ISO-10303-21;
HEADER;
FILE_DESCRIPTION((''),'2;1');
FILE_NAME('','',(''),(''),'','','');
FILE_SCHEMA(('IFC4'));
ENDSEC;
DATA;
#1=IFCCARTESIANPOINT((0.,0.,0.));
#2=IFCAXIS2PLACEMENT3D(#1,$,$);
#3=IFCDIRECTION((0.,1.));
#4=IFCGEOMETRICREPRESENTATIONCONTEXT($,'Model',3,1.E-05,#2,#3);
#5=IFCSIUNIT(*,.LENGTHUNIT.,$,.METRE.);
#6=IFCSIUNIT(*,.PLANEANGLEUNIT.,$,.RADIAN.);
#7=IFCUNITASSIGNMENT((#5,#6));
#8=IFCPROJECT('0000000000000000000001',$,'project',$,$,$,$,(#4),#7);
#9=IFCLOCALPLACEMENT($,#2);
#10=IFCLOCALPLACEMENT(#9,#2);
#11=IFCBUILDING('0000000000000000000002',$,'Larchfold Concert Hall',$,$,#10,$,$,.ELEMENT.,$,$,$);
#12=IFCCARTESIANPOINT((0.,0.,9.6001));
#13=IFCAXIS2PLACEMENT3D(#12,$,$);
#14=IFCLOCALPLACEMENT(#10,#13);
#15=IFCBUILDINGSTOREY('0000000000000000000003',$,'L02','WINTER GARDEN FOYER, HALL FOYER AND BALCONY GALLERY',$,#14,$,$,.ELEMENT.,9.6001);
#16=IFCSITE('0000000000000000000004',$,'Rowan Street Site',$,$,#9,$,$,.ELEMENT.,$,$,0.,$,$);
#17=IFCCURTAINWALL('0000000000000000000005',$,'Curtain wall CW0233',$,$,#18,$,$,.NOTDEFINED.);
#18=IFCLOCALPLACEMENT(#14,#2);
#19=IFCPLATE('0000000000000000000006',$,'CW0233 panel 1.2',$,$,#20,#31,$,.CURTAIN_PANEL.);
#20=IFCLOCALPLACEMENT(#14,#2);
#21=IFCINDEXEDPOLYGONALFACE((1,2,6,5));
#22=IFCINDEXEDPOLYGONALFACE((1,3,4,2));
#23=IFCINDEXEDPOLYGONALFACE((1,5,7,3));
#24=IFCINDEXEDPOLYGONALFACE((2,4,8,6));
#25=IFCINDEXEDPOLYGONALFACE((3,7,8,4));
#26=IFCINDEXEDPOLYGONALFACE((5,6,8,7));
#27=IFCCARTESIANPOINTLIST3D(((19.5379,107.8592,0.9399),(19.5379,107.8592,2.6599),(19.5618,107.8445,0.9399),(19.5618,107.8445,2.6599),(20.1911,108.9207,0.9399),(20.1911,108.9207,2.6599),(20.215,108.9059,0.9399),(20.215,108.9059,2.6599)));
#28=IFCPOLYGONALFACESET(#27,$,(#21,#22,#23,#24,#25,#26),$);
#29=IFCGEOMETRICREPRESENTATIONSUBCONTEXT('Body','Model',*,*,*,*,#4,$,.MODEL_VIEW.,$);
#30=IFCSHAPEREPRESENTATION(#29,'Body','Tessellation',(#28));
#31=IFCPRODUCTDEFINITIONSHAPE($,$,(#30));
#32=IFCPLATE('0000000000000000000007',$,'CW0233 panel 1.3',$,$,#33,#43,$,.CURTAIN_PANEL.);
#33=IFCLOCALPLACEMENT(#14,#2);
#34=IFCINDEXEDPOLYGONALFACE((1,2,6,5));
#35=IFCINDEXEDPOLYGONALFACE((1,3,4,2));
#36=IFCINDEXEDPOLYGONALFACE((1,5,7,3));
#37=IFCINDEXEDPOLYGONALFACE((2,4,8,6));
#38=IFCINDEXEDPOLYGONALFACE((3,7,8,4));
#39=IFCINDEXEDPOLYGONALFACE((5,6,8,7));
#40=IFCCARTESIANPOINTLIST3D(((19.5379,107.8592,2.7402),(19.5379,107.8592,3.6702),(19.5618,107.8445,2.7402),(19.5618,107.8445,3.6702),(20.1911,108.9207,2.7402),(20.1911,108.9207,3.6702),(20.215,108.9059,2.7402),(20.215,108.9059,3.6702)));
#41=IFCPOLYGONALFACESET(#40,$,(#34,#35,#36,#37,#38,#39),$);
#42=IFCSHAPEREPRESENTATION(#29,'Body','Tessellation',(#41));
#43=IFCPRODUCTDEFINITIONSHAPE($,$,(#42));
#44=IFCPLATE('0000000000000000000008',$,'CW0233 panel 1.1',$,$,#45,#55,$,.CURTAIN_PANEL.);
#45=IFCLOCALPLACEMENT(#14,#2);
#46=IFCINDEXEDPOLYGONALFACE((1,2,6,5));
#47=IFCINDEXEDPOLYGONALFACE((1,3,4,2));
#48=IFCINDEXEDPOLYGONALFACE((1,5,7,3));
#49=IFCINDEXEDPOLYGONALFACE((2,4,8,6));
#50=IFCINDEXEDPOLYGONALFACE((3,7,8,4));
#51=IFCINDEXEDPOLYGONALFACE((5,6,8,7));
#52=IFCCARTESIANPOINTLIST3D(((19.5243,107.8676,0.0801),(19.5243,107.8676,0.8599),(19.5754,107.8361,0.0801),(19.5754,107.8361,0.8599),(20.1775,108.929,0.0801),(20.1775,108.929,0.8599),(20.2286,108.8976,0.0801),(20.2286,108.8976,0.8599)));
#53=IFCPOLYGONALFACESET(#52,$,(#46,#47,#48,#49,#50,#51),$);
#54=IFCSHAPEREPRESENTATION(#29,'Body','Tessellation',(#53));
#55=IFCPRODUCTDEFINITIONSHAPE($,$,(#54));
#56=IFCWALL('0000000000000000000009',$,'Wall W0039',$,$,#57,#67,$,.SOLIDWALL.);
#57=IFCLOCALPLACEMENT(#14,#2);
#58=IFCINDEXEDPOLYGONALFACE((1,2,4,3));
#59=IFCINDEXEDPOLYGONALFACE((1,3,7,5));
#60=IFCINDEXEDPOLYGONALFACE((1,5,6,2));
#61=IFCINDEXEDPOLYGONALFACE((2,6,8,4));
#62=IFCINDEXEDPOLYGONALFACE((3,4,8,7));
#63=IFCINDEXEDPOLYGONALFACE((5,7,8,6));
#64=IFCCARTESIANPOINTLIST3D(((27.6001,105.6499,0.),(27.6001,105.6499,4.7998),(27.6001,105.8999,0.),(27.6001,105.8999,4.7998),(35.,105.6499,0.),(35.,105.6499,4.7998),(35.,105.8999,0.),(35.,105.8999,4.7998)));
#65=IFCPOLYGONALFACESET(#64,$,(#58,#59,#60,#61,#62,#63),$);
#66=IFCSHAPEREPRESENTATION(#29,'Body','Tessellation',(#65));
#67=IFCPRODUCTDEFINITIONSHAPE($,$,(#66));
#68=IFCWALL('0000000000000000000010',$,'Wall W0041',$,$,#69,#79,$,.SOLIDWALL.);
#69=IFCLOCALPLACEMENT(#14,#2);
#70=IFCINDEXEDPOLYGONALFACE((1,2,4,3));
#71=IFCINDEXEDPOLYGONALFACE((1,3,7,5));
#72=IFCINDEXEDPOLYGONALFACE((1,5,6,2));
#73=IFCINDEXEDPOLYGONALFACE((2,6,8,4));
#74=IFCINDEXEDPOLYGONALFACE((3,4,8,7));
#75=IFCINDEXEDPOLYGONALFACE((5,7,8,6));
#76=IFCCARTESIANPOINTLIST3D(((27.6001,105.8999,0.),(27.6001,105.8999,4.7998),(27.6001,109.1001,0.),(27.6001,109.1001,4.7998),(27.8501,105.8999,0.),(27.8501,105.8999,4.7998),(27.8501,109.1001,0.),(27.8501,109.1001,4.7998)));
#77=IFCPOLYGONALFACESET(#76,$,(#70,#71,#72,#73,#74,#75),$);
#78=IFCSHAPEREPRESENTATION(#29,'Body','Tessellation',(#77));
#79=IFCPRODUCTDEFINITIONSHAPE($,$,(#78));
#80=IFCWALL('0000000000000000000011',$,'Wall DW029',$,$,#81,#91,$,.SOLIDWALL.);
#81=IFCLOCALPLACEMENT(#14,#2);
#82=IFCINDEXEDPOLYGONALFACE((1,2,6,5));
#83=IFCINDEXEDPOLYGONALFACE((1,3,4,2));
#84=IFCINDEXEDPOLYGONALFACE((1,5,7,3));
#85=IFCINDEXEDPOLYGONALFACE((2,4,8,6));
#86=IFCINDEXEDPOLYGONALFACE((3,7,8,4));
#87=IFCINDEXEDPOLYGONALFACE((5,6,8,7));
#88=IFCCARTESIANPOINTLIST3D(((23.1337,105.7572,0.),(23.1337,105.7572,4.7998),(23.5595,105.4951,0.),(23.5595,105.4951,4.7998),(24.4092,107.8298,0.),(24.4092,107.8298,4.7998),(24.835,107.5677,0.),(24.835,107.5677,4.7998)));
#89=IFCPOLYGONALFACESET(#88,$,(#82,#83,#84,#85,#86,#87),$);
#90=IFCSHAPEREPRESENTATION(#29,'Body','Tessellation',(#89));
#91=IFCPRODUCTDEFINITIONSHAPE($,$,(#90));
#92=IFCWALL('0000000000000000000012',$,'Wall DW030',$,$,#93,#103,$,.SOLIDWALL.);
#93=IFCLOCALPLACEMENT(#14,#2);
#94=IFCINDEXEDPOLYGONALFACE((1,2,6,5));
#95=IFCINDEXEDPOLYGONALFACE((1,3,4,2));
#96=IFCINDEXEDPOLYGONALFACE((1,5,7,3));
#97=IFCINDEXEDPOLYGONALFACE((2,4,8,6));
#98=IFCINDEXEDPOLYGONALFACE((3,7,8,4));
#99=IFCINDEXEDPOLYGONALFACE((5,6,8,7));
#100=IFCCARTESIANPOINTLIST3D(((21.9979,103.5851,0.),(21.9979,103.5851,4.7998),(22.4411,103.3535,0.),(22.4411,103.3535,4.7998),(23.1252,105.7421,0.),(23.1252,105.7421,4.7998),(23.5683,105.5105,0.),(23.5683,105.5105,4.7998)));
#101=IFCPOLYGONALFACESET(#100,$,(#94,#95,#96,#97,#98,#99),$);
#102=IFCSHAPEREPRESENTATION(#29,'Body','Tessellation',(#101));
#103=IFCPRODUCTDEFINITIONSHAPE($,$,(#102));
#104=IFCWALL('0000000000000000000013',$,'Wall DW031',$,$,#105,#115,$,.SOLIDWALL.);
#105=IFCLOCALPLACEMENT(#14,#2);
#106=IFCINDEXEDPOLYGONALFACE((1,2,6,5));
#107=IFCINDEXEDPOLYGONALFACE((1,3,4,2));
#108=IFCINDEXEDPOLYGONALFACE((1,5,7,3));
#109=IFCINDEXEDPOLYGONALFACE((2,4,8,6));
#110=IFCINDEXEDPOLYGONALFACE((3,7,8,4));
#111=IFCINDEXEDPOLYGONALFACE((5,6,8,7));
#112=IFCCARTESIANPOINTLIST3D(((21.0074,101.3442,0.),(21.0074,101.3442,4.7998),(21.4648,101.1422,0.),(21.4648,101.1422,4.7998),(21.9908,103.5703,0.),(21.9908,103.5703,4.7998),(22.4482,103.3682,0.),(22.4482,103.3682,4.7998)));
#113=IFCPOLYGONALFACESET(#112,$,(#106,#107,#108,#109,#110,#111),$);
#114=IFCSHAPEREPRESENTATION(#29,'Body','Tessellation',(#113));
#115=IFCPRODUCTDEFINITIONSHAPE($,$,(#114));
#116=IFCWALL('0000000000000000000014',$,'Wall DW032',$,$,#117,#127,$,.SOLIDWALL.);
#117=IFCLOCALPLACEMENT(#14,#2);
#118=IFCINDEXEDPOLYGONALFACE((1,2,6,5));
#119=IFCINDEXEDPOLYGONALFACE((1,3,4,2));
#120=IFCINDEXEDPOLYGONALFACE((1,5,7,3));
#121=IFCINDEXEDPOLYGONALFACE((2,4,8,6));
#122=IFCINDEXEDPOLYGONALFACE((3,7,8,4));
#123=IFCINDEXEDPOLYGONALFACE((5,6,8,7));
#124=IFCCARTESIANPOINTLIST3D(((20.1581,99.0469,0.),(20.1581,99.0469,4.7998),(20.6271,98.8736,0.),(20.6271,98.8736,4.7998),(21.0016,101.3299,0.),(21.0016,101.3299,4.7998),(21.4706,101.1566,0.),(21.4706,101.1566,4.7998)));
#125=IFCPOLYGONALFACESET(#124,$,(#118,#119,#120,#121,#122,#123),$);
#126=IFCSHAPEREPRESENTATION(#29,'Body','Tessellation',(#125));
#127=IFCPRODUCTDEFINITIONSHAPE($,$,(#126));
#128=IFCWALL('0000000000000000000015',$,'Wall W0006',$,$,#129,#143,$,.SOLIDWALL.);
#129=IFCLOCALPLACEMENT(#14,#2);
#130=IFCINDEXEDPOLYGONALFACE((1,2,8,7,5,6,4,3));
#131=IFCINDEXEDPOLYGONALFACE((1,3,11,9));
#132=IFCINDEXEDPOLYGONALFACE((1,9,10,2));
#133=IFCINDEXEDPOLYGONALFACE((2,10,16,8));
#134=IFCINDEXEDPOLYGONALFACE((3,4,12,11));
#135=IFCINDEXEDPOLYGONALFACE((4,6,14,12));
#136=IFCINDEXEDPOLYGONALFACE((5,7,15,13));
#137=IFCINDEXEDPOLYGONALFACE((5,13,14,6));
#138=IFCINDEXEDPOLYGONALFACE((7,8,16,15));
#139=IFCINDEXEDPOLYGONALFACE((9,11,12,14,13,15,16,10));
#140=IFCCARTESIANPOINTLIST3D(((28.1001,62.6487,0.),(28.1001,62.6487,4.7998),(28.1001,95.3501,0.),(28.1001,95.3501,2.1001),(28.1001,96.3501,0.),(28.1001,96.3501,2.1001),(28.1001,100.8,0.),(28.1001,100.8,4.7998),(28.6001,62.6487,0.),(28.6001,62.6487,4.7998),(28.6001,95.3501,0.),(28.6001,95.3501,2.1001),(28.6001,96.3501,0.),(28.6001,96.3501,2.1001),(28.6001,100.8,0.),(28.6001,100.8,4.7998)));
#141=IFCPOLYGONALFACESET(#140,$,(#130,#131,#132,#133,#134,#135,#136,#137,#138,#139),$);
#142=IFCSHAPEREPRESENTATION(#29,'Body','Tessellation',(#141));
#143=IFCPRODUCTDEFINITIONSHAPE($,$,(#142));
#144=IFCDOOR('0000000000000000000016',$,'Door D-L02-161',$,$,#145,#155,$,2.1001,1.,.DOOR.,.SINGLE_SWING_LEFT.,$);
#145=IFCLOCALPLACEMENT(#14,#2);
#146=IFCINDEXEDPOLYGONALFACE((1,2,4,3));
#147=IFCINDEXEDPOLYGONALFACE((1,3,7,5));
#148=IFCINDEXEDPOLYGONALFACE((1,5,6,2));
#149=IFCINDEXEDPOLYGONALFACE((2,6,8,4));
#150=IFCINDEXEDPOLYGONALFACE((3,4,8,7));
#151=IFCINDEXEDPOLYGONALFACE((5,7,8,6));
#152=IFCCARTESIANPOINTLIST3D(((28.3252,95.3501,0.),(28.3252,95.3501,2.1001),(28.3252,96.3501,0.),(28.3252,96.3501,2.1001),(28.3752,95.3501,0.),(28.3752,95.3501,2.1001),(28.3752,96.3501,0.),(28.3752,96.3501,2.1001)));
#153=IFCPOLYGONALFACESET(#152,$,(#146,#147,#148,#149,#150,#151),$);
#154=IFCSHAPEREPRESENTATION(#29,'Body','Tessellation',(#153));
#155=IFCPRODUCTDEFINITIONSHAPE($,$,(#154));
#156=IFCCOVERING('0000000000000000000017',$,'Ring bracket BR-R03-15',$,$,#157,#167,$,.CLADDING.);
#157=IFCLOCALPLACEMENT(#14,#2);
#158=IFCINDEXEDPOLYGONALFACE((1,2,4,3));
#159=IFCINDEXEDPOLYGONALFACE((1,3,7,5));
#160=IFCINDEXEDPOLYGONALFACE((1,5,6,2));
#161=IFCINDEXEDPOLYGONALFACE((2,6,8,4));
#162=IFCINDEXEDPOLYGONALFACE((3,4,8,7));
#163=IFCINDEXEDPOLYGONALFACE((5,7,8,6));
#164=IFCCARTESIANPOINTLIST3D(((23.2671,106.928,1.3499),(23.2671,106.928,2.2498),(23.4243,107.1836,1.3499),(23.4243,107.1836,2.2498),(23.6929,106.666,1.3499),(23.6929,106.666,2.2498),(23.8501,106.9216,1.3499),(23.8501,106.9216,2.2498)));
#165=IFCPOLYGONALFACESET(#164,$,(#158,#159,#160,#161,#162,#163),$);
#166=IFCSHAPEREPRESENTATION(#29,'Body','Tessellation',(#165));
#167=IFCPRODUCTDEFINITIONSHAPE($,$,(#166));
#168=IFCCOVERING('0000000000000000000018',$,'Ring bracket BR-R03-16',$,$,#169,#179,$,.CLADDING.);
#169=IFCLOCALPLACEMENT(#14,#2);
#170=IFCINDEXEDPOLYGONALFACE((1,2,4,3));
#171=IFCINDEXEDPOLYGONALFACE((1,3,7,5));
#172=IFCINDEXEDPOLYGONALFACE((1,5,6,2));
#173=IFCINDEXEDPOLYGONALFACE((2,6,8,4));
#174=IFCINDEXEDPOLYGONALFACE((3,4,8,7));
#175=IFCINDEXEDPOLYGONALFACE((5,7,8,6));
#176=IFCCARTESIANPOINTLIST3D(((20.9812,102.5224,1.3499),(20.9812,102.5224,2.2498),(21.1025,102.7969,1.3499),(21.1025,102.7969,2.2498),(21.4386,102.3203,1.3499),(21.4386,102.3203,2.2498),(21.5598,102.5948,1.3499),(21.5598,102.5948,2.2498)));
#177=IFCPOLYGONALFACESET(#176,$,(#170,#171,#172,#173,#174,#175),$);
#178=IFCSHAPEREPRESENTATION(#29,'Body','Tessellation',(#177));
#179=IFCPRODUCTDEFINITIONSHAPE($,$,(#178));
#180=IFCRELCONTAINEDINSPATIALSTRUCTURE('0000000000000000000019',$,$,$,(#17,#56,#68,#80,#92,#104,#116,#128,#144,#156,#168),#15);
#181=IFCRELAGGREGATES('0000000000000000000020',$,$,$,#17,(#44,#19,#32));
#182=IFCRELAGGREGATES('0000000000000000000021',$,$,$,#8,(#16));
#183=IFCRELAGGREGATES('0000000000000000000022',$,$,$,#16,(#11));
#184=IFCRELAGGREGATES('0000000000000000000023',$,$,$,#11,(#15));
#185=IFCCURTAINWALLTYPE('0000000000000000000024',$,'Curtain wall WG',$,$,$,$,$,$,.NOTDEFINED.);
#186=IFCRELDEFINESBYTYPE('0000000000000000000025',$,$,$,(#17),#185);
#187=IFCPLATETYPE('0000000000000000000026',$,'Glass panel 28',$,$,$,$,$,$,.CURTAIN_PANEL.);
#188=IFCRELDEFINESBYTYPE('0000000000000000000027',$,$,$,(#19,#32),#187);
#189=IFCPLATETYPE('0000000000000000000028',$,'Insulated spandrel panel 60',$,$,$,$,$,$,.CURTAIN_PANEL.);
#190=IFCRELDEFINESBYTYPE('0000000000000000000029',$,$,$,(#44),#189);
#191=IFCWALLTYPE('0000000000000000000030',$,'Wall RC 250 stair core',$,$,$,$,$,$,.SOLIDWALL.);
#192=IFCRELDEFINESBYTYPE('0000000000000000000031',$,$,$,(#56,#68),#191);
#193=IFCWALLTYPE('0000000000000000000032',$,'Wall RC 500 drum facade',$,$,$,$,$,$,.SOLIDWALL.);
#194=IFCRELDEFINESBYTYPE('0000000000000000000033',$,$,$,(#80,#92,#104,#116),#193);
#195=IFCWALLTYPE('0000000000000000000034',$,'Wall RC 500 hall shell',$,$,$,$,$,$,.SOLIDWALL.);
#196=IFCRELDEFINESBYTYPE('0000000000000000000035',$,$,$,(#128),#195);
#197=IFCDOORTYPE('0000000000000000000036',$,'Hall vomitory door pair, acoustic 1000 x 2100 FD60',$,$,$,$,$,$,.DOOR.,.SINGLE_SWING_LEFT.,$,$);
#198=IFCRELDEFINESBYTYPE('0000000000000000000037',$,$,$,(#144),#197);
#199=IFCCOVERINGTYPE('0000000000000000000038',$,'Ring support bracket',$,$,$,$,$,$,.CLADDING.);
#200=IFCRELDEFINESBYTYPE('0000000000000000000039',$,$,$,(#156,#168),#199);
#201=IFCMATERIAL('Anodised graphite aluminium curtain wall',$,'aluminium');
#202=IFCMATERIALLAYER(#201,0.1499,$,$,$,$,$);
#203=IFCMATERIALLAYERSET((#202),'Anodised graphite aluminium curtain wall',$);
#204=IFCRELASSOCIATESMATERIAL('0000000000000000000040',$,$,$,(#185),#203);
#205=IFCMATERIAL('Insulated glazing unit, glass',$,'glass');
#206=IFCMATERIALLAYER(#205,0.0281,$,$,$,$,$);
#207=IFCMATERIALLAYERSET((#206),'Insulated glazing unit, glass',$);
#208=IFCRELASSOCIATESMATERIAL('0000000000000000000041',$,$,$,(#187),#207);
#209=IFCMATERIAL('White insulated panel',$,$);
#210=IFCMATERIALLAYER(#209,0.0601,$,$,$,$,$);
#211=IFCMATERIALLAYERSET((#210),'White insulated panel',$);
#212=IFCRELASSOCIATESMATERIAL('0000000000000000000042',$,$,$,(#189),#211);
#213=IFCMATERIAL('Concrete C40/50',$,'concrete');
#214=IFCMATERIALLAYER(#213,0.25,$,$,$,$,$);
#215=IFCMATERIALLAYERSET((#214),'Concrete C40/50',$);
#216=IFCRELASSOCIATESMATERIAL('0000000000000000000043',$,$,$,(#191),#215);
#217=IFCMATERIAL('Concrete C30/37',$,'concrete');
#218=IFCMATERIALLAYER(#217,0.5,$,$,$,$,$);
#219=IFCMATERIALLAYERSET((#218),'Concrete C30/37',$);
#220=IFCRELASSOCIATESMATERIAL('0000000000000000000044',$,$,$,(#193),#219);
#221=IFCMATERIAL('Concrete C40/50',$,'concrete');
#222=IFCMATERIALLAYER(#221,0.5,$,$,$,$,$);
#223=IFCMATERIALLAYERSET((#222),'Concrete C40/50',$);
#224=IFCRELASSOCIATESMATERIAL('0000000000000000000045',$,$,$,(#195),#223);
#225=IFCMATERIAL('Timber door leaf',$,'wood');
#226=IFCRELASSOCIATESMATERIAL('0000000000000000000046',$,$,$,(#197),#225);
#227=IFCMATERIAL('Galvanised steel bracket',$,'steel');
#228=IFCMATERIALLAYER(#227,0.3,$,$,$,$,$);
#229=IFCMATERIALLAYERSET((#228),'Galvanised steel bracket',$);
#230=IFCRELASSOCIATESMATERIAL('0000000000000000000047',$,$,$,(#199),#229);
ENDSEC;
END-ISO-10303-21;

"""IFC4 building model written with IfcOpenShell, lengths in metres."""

from ifc_helpers import new_model, si_unit, direction, frame, frame_2d, origin, origin_2d, place, context, subcontext, project, spatial, rectangle, extrude, material, layer, layer_set, type_object, element, fill, aggregate, save


model = new_model("IFC4")

# Units and contexts
model_context = context("Model", 3, precision=1e-05, world=origin(), true_north=direction((0.0, 1.0)))
body_context = subcontext(model_context, "Body", "Model", "MODEL_VIEW")
ifc_project = project(units=[si_unit("LENGTHUNIT", "METRE"), si_unit("PLANEANGLEUNIT", "RADIAN")], contexts=[model_context])

# Site, building, storey
site_placement = place(None, origin())
site = spatial("IfcSite", under=ifc_project, at=site_placement, Name="Rowan Street Site", CompositionType="ELEMENT", RefElevation=0.0)
building_placement = place(site_placement, origin())
building = spatial("IfcBuilding", under=site, at=building_placement, Name="Larchfold Concert Hall", CompositionType="ELEMENT")
storey_placement = place(building_placement, frame((0.0, 0.0, 9.6001)))
storey = spatial("IfcBuildingStorey", under=building, at=storey_placement, Name="L02", Description="WINTER GARDEN FOYER, HALL FOYER AND BALCONY GALLERY", CompositionType="ELEMENT", Elevation=9.6001)

# Curtain wall
ifc_material_1 = material(Name="Anodised graphite aluminium curtain wall", Category="aluminium")
ifc_layer_1 = layer(ifc_material_1, 0.1499)
ifc_layer_set_1 = layer_set([ifc_layer_1], Name="Anodised graphite aluminium curtain wall")
curtain_wall_type = type_object("IfcCurtainWallType", Name="Curtain wall WG", PredefinedType="NOTDEFINED", material=ifc_layer_set_1)
curtain_wall_placement = place(storey_placement, origin())
curtain_wall = element("IfcCurtainWall", 1, at=curtain_wall_placement, inside=storey, type_object=curtain_wall_type, Name="Curtain wall CW0233", PredefinedType="NOTDEFINED")

# Plates
ifc_material_2 = material(Name="Insulated glazing unit, glass", Category="glass")
ifc_layer_2 = layer(ifc_material_2, 0.0281)
ifc_layer_set_2 = layer_set([ifc_layer_2], Name="Insulated glazing unit, glass")
plate_type_1 = type_object("IfcPlateType", Name="Glass panel 28", PredefinedType="CURTAIN_PANEL", material=ifc_layer_set_2)
plate_1_placement = place(storey_placement, frame((19.8765, 108.3826, 0.9399), z_axis=(0.0, 0.0, 1.0), x_axis=(0.524082, 0.851668, 0.0)))
plate_1 = element("IfcPlate", 2, at=plate_1_placement, type_object=plate_type_1, Name="CW0233 panel 1.2", PredefinedType="CURTAIN_PANEL", context=body_context, shape_type="SweptSolid", body=[
    extrude(rectangle(XDim=1.2463, YDim=0.0281, at=origin_2d()), origin(), (0.0, 0.0, 1.0), 1.72),
])
plate_2_placement = place(storey_placement, frame((19.8765, 108.3826, 2.7402), z_axis=(0.0, 0.0, 1.0), x_axis=(0.524082, 0.851668, 0.0)))
plate_2 = element("IfcPlate", 3, at=plate_2_placement, type_object=plate_type_1, Name="CW0233 panel 1.3", PredefinedType="CURTAIN_PANEL", context=body_context, shape_type="SweptSolid", body=[
    extrude(rectangle(XDim=1.2463, YDim=0.0281, at=origin_2d()), origin(), (0.0, 0.0, 1.0), 0.9299),
])
ifc_material_3 = material(Name="White insulated panel")
ifc_layer_3 = layer(ifc_material_3, 0.0601)
ifc_layer_set_3 = layer_set([ifc_layer_3], Name="White insulated panel")
plate_type_2 = type_object("IfcPlateType", Name="Insulated spandrel panel 60", PredefinedType="CURTAIN_PANEL", material=ifc_layer_set_3)
plate_3_placement = place(storey_placement, frame((19.8765, 108.3826, 0.0801), z_axis=(0.0, 0.0, 1.0), x_axis=(0.524082, 0.851668, 0.0)))
plate_3 = element("IfcPlate", 4, at=plate_3_placement, type_object=plate_type_2, Name="CW0233 panel 1.1", PredefinedType="CURTAIN_PANEL", context=body_context, shape_type="SweptSolid", body=[
    extrude(rectangle(XDim=1.2463, YDim=0.0601, at=origin_2d()), origin(), (0.0, 0.0, 1.0), 0.7798),
])
aggregate(curtain_wall, [plate_3, plate_1, plate_2])

# Walls
ifc_material_4 = material(Name="Concrete C40/50", Category="concrete")
ifc_layer_4 = layer(ifc_material_4, 0.25)
ifc_layer_set_4 = layer_set([ifc_layer_4], Name="Concrete C40/50")
wall_type_1 = type_object("IfcWallType", Name="Wall RC 250 stair core", PredefinedType="SOLIDWALL", material=ifc_layer_set_4)
wall_1_placement = place(storey_placement, frame((27.6001, 105.7749, 0.0), z_axis=(0.0, 0.0, 1.0), x_axis=(1.0, 0.0, 0.0)))
element("IfcWall", 5, at=wall_1_placement, inside=storey, type_object=wall_type_1, Name="Wall W0039", PredefinedType="SOLIDWALL", context=body_context, shape_type="SweptSolid", body=[
    extrude(rectangle(XDim=7.3999, YDim=0.25, at=frame_2d((3.7, 0.0))), origin(), (0.0, 0.0, 1.0), 4.7998),
])
wall_2_placement = place(storey_placement, frame((27.7251, 105.8999, 0.0), z_axis=(0.0, 0.0, 1.0), x_axis=(0.0, 1.0, 0.0)))
element("IfcWall", 6, at=wall_2_placement, inside=storey, type_object=wall_type_1, Name="Wall W0041", PredefinedType="SOLIDWALL", context=body_context, shape_type="SweptSolid", body=[
    extrude(rectangle(XDim=3.2002, YDim=0.25, at=frame_2d((1.6001, 0.0))), origin(), (0.0, 0.0, 1.0), 4.7998),
])
ifc_material_5 = material(Name="Concrete C30/37", Category="concrete")
ifc_layer_5 = layer(ifc_material_5, 0.5)
ifc_layer_set_5 = layer_set([ifc_layer_5], Name="Concrete C30/37")
wall_type_2 = type_object("IfcWallType", Name="Wall RC 500 drum facade", PredefinedType="SOLIDWALL", material=ifc_layer_set_5)
wall_3_placement = place(storey_placement, frame((24.6221, 107.6987, 0.0), z_axis=(0.0, 0.0, 1.0), x_axis=(-0.524097, -0.851658, 0.0)))
element("IfcWall", 7, at=wall_3_placement, inside=storey, type_object=wall_type_2, Name="Wall DW029", PredefinedType="SOLIDWALL", context=body_context, shape_type="SweptSolid", body=[
    extrude(rectangle(XDim=2.4336, YDim=0.5, at=frame_2d((1.2168, 0.0))), origin(), (0.0, 0.0, 1.0), 4.7998),
])
wall_4_placement = place(storey_placement, frame((23.3467, 105.6262, 0.0), z_axis=(0.0, 0.0, 1.0), x_axis=(-0.463152, -0.886279, 0.0)))
element("IfcWall", 8, at=wall_4_placement, inside=storey, type_object=wall_type_2, Name="Wall DW030", PredefinedType="SOLIDWALL", context=body_context, shape_type="SweptSolid", body=[
    extrude(rectangle(XDim=2.4338, YDim=0.5, at=frame_2d((1.2168, 0.0))), origin(), (0.0, 0.0, 1.0), 4.7998),
])
wall_5_placement = place(storey_placement, frame((22.2195, 103.4692, 0.0), z_axis=(0.0, 0.0, 1.0), x_axis=(-0.40409, -0.914719, 0.0)))
element("IfcWall", 9, at=wall_5_placement, inside=storey, type_object=wall_type_2, Name="Wall DW031", PredefinedType="SOLIDWALL", context=body_context, shape_type="SweptSolid", body=[
    extrude(rectangle(XDim=2.4336, YDim=0.5, at=frame_2d((1.2168, 0.0))), origin(), (0.0, 0.0, 1.0), 4.7998),
])
wall_6_placement = place(storey_placement, frame((21.2361, 101.2432, 0.0), z_axis=(0.0, 0.0, 1.0), x_axis=(-0.346579, -0.938021, 0.0)))
element("IfcWall", 10, at=wall_6_placement, inside=storey, type_object=wall_type_2, Name="Wall DW032", PredefinedType="SOLIDWALL", context=body_context, shape_type="SweptSolid", body=[
    extrude(rectangle(XDim=2.4338, YDim=0.5, at=frame_2d((1.2168, 0.0))), origin(), (0.0, 0.0, 1.0), 4.7998),
])

# Wall, opening, door
ifc_material_6 = material(Name="Concrete C40/50", Category="concrete")
ifc_layer_6 = layer(ifc_material_6, 0.5)
ifc_layer_set_6 = layer_set([ifc_layer_6], Name="Concrete C40/50")
wall_type_3 = type_object("IfcWallType", Name="Wall RC 500 hall shell", PredefinedType="SOLIDWALL", material=ifc_layer_set_6)
wall_7_placement = place(storey_placement, frame((28.3501, 100.8, 0.0), z_axis=(0.0, 0.0, 1.0), x_axis=(0.0, -1.0, 0.0)))
wall_7 = element("IfcWall", 11, at=wall_7_placement, inside=storey, type_object=wall_type_3, Name="Wall W0006", PredefinedType="SOLIDWALL", context=body_context, shape_type="SweptSolid", body=[
    extrude(rectangle(XDim=38.1514, YDim=0.5, at=frame_2d((19.0757, 0.0))), origin(), (0.0, 0.0, 1.0), 4.7998),
])
opening_placement = place(wall_7_placement, frame((5.45, 0.0, 0.0), z_axis=(0.0, 0.0, 1.0), x_axis=(-1.0, 0.0, 0.0)))
opening = element("IfcOpeningElement", 12, at=opening_placement, cuts=wall_7, PredefinedType="OPENING", context=body_context, shape_type="SweptSolid", body=[
    extrude(rectangle(XDim=1.0, YDim=2.1001, at=frame_2d((0.5, 1.05))), frame((0.0, 0.26, 0.0), z_axis=(0.0, -1.0, 0.0), x_axis=(1.0, 0.0, 0.0)), (0.0, 0.0, 1.0), 0.52),
])
ifc_material_7 = material(Name="Timber door leaf", Category="wood")
door_type = type_object("IfcDoorType", Name="Hall vomitory door pair, acoustic 1000 x 2100 FD60", OperationType="SINGLE_SWING_LEFT", PredefinedType="DOOR", material=ifc_material_7)
door_placement = place(opening_placement, origin())
door = element("IfcDoor", 13, at=door_placement, inside=storey, type_object=door_type, Name="Door D-L02-161", OperationType="SINGLE_SWING_LEFT", OverallHeight=2.1001, OverallWidth=1.0, PredefinedType="DOOR", context=body_context, shape_type="SweptSolid", body=[
    extrude(rectangle(XDim=1.0, YDim=2.1001, at=frame_2d((0.5, 1.05))), frame((0.0, 0.0249, 0.0), z_axis=(0.0, -1.0, 0.0), x_axis=(1.0, 0.0, 0.0)), (0.0, 0.0, 1.0), 0.05),
])
fill(opening, door)

# Coverings
ifc_material_8 = material(Name="Galvanised steel bracket", Category="steel")
ifc_layer_7 = layer(ifc_material_8, 0.3)
ifc_layer_set_7 = layer_set([ifc_layer_7], Name="Galvanised steel bracket")
covering_type = type_object("IfcCoveringType", Name="Ring support bracket", PredefinedType="CLADDING", material=ifc_layer_set_7)
for number, where, z_axis, x_axis, name in (
    (14, (23.5586, 106.9248, 1.3499), (0.0, 0.0, 1.0), (-0.851675, 0.52407, 0.0), "Ring bracket BR-R03-15"),
    (15, (21.2705, 102.5586, 1.3499), (0.0, 0.0, 1.0), (-0.914701, 0.404131, 0.0), "Ring bracket BR-R03-16"),
):
    element("IfcCovering", number, at=place(storey_placement, frame(where, z_axis=z_axis, x_axis=x_axis)), inside=storey, type_object=covering_type, Name=name, PredefinedType="CLADDING", context=body_context, shape_type="SweptSolid", body=[
        extrude(rectangle(XDim=0.5, YDim=0.3, at=origin_2d()), origin(), (0.0, 0.0, 1.0), 0.8999),
    ])

save(model, "model.ifc")
